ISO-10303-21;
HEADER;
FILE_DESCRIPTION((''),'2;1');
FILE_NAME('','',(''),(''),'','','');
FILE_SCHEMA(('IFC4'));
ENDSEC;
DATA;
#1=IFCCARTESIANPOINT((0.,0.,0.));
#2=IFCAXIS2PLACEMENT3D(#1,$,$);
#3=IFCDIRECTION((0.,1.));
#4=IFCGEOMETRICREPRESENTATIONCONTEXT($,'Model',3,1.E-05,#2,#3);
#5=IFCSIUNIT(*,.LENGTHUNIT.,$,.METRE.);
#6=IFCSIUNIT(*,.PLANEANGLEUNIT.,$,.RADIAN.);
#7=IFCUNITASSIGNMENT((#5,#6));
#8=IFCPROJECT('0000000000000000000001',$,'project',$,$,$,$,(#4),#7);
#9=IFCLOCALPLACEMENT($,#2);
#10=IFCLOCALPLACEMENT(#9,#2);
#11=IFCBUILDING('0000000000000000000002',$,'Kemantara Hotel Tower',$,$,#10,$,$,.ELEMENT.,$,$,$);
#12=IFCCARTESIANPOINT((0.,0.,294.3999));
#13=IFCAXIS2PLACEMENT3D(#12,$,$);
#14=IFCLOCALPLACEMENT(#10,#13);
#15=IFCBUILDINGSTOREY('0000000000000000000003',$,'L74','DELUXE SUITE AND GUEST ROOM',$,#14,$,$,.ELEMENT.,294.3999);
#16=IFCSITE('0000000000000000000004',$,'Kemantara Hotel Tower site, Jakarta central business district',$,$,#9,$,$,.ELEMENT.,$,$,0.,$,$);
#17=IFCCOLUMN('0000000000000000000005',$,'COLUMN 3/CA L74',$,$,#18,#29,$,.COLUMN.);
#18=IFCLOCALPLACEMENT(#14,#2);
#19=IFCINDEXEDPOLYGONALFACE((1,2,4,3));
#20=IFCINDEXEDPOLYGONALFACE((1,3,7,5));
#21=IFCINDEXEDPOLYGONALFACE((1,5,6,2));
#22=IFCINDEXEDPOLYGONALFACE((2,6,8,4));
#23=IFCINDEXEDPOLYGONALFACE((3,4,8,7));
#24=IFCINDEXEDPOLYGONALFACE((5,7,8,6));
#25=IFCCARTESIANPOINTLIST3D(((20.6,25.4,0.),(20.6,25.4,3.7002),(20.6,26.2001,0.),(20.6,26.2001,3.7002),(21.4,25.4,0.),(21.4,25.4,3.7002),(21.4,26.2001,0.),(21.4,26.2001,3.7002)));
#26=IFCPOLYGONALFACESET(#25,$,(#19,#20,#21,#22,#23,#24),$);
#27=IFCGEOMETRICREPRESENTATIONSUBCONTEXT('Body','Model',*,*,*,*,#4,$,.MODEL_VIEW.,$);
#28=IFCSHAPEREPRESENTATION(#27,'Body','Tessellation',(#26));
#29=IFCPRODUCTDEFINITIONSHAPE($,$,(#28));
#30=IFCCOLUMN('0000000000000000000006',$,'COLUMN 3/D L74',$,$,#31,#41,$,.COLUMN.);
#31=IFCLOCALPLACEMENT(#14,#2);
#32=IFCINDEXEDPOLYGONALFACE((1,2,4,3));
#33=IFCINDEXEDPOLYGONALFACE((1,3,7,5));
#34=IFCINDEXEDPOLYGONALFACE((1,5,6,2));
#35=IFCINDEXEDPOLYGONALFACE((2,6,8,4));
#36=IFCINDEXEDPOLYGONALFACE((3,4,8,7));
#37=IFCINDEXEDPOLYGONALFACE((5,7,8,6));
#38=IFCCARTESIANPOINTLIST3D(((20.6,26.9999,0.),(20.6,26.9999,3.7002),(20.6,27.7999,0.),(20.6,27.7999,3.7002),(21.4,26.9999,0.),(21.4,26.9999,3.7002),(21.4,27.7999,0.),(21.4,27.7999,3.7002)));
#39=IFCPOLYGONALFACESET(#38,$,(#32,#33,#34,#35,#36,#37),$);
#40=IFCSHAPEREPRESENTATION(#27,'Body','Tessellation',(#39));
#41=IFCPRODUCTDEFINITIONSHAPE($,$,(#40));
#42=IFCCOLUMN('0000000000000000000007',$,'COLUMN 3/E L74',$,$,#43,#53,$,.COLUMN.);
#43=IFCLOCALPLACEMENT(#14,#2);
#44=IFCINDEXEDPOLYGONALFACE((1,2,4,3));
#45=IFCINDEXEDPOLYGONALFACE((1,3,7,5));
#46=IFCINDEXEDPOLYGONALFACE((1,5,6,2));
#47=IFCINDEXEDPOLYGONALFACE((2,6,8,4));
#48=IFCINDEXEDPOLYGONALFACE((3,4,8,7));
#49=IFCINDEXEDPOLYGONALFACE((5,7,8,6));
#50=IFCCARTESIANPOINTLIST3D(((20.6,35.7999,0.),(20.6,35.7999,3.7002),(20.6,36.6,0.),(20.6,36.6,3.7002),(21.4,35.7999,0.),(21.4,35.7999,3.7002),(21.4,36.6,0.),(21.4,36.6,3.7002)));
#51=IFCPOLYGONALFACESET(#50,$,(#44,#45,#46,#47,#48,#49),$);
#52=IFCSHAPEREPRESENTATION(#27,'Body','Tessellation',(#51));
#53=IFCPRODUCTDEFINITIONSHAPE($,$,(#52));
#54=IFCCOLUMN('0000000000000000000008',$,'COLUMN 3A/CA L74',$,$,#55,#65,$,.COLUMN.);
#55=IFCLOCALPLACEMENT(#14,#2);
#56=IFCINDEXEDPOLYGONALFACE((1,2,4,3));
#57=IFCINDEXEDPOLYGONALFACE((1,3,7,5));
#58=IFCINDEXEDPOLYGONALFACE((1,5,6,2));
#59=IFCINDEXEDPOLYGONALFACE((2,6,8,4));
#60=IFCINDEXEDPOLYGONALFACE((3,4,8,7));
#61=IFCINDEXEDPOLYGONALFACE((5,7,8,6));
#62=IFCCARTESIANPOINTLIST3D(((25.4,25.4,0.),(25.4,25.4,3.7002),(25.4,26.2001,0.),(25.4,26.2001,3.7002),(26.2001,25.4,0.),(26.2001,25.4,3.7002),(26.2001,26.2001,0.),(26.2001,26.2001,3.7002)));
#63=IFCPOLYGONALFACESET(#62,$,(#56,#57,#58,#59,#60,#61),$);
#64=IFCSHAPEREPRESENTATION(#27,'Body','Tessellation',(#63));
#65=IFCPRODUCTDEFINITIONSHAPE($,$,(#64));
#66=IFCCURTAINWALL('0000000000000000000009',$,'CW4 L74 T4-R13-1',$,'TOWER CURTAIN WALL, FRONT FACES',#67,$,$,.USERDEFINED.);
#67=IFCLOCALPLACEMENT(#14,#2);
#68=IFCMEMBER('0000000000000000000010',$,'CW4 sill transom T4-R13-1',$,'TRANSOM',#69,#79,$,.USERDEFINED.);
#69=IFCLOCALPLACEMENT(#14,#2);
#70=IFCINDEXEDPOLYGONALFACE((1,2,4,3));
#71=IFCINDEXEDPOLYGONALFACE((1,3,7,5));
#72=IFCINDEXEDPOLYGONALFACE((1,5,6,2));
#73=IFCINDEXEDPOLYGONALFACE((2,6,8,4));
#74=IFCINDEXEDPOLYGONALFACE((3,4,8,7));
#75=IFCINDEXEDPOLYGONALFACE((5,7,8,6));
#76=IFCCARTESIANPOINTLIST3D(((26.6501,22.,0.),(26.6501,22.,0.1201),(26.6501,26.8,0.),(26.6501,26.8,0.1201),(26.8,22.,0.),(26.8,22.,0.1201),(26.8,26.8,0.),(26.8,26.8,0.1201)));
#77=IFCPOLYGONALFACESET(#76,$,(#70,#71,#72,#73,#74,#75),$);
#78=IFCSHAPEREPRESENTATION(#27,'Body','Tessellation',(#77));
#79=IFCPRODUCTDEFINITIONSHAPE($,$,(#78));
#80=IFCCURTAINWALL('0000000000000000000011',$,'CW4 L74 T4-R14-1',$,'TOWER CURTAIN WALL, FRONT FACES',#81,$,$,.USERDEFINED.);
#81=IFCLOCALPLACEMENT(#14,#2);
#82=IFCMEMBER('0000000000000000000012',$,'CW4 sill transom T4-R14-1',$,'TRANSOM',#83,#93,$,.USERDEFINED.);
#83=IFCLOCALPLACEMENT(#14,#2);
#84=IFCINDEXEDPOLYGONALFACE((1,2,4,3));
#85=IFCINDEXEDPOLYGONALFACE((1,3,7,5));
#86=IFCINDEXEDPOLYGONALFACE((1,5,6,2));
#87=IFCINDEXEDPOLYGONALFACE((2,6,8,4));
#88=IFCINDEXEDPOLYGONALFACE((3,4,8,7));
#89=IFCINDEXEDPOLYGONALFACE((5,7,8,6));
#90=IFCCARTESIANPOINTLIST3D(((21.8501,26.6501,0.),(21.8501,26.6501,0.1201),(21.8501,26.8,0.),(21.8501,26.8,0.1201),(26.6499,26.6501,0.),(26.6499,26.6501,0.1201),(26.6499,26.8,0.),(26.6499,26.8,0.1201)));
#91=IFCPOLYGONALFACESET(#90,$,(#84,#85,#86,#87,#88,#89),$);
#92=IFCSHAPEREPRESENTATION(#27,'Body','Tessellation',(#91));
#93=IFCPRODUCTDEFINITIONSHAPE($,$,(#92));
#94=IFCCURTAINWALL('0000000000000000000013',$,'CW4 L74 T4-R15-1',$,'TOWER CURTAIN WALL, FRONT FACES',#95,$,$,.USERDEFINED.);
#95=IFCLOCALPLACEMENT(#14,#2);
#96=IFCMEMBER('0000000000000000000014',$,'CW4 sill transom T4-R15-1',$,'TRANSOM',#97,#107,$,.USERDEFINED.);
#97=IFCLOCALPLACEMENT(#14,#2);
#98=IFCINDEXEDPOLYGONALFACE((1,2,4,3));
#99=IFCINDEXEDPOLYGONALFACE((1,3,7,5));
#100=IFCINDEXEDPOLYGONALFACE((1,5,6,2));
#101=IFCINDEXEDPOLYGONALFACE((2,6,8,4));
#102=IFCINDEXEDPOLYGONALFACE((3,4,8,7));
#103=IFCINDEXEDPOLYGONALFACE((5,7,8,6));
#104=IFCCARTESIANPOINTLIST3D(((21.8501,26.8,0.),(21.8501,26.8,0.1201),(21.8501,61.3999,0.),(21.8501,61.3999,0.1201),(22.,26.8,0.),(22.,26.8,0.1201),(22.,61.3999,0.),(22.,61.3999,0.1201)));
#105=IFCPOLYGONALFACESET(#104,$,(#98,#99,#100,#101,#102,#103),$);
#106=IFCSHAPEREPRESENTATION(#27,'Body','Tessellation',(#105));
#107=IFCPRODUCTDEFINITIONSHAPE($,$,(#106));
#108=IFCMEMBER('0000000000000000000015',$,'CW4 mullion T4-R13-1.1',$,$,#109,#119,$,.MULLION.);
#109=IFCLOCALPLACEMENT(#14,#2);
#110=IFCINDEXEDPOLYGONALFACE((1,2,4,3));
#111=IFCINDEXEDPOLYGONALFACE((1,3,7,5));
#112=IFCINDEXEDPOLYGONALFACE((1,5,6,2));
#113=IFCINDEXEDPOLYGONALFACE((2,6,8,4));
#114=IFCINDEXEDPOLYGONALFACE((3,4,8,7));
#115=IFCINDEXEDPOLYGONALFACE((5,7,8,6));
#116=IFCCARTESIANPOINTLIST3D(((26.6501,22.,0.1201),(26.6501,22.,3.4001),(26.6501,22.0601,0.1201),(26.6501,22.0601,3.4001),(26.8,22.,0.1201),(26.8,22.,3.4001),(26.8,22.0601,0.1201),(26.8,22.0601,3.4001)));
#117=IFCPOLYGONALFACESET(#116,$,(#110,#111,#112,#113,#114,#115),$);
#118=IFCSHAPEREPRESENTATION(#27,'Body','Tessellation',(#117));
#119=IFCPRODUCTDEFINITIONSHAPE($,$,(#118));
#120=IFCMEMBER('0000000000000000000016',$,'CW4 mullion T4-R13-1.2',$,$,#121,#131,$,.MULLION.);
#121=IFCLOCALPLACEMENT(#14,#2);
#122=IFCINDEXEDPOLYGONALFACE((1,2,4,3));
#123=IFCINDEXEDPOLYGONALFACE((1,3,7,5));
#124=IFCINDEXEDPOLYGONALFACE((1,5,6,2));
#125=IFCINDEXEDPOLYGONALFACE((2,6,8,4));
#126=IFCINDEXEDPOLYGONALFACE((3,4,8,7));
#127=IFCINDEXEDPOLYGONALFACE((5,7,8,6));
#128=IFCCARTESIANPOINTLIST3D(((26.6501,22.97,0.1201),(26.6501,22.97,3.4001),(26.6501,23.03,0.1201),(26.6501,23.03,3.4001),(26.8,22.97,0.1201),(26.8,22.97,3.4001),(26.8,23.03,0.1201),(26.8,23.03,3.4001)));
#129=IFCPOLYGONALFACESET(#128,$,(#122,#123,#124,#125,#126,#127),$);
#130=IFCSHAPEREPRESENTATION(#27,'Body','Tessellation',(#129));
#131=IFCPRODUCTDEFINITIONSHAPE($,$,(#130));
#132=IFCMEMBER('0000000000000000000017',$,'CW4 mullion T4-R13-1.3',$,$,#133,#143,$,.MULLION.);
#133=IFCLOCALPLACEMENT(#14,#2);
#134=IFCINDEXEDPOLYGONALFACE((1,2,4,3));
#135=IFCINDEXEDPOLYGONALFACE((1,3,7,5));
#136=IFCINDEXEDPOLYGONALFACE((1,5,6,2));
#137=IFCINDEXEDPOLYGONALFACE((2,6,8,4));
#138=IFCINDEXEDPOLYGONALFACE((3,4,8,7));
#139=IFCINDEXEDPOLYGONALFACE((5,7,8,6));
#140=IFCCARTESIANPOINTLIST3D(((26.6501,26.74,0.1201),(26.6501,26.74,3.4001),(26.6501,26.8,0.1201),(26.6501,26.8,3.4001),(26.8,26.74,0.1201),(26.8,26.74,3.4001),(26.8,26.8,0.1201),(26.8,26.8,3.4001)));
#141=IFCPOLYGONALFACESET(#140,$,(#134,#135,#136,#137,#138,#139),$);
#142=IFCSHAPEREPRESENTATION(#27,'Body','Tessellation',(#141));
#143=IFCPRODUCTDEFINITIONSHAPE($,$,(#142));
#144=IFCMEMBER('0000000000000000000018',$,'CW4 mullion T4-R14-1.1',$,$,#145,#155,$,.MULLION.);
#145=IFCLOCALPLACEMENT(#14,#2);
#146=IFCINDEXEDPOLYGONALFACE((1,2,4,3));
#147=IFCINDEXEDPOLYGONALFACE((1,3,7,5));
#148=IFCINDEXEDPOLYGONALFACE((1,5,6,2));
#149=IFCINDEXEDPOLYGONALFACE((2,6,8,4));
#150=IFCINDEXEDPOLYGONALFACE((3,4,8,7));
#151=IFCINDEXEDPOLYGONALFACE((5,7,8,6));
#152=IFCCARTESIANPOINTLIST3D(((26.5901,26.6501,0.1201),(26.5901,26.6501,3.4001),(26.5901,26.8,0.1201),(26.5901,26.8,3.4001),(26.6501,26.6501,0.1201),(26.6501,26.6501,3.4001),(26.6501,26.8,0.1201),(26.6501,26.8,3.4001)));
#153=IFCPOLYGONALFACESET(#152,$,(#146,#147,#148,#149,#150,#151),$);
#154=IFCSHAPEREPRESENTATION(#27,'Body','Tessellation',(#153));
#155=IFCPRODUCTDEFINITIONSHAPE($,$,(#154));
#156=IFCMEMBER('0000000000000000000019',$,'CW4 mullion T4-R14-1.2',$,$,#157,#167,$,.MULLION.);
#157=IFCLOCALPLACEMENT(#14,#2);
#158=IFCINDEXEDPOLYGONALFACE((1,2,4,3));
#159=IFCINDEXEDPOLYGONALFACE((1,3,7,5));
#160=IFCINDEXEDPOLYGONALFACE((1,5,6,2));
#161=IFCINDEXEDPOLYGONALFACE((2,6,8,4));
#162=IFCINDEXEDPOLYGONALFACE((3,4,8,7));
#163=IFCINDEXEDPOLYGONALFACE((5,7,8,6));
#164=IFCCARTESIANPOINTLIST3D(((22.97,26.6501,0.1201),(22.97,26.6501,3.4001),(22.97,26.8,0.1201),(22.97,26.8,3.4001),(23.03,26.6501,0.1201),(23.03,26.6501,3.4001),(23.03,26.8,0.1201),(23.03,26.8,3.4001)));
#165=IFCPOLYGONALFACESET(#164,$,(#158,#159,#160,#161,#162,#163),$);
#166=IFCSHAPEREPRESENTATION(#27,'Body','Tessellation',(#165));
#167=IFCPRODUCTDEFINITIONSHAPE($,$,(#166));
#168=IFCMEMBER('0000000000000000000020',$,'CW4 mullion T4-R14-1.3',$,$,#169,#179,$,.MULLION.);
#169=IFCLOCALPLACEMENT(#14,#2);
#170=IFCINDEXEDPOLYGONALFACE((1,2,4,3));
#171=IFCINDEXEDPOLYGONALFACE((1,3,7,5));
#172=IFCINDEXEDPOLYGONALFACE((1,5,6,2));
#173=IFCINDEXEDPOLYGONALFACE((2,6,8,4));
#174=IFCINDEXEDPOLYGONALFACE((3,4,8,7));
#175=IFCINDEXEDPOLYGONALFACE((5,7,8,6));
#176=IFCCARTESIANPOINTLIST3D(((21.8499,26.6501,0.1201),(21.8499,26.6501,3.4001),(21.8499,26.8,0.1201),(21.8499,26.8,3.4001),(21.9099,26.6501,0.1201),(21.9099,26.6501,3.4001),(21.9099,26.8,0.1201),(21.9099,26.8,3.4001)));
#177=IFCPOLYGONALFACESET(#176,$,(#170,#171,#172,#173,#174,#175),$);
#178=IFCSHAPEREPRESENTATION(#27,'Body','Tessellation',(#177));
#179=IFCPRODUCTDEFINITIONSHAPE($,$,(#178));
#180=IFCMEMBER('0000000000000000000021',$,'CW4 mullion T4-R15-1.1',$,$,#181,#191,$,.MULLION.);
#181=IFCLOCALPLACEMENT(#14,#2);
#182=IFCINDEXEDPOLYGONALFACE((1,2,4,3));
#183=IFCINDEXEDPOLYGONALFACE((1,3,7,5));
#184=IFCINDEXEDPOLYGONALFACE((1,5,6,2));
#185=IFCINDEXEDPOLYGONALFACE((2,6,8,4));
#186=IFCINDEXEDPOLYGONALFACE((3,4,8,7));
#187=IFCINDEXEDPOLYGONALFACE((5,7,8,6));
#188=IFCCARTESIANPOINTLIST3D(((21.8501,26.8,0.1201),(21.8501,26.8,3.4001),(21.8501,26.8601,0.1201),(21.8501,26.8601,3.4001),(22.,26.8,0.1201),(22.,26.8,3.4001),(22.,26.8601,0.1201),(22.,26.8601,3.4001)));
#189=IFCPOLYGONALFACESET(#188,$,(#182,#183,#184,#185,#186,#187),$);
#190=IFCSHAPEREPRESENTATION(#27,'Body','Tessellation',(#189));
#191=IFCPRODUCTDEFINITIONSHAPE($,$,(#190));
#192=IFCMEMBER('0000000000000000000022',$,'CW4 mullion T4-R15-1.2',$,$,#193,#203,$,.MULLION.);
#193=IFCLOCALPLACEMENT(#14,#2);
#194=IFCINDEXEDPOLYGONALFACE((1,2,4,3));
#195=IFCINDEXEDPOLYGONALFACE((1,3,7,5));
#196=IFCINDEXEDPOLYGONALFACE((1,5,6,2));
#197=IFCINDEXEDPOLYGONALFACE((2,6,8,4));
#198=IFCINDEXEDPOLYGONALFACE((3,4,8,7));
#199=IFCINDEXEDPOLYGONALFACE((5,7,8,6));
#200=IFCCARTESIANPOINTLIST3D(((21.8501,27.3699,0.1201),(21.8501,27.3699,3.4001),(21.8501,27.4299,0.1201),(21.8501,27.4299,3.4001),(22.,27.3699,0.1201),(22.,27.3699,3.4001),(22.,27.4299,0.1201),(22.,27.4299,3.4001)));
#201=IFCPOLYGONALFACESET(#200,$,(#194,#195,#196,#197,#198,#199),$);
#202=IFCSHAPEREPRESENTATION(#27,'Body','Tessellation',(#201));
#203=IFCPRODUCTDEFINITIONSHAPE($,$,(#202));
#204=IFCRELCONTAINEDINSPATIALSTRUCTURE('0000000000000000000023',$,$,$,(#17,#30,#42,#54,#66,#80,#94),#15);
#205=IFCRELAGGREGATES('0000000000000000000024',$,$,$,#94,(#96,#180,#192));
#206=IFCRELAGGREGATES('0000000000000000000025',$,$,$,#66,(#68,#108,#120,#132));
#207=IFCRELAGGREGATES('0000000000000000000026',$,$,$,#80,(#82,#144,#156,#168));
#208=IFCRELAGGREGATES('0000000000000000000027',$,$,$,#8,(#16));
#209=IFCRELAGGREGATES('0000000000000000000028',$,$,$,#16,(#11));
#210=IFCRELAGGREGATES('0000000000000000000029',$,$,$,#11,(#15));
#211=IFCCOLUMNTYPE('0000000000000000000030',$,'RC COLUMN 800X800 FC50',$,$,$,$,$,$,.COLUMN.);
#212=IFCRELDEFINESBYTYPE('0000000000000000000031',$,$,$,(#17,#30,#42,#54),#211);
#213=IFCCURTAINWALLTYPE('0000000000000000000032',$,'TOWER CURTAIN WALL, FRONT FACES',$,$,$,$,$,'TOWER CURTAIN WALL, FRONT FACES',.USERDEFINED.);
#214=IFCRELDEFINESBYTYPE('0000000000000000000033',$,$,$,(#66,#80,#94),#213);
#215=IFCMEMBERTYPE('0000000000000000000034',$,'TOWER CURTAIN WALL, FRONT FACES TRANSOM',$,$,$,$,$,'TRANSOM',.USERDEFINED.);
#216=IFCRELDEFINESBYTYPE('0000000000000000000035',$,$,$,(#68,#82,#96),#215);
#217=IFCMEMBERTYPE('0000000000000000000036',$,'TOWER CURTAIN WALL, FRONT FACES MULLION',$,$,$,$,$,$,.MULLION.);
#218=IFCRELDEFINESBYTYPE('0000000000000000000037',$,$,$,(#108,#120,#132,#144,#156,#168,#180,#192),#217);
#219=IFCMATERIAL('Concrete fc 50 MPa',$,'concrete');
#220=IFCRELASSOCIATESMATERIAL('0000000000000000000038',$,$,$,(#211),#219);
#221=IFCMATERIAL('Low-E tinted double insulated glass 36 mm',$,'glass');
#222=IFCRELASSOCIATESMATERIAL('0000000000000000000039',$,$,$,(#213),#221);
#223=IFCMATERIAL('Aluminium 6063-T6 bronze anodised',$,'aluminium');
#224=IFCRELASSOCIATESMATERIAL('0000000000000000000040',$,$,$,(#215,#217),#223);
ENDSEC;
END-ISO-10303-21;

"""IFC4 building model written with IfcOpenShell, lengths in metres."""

from ifc_helpers import new_model, si_unit, direction, frame, origin, origin_2d, place, context, subcontext, project, spatial, rectangle, extrude, source, transform, mapped, material, material_profile, profile_set, type_object, element, aggregate, save


model = new_model("IFC4")

# Units and contexts
model_context = context("Model", 3, precision=1e-05, world=origin(), true_north=direction((0.0, 1.0)))
body_context = subcontext(model_context, "Body", "Model", "MODEL_VIEW")
ifc_project = project(units=[si_unit("LENGTHUNIT", "METRE"), si_unit("PLANEANGLEUNIT", "RADIAN")], contexts=[model_context])

# Site, building, storey
site_placement = place(None, origin())
site = spatial("IfcSite", under=ifc_project, at=site_placement, Name="Kemantara Hotel Tower site, Jakarta central business district", CompositionType="ELEMENT", RefElevation=0.0)
building_placement = place(site_placement, origin())
building = spatial("IfcBuilding", under=site, at=building_placement, Name="Kemantara Hotel Tower", CompositionType="ELEMENT")
storey_placement = place(building_placement, frame((0.0, 0.0, 294.3999)))
storey = spatial("IfcBuildingStorey", under=building, at=storey_placement, Name="L74", Description="DELUXE SUITE AND GUEST ROOM", CompositionType="ELEMENT", Elevation=294.3999)

# Columns
ifc_material_1 = material(Name="Concrete fc 50 MPa", Category="concrete")
ifc_material_profile_1 = material_profile(ifc_material_1, rectangle(XDim=0.8, YDim=0.8, at=origin_2d()), Name="RC 800X800")
ifc_profile_set_1 = profile_set([ifc_material_profile_1], Name="Concrete fc 50 MPa")
column_type = type_object("IfcColumnType", Name="RC COLUMN 800X800 FC50", PredefinedType="COLUMN", material=ifc_profile_set_1)
for number, where, z_axis, x_axis, name in (
    (1, (21.0, 25.8, 0.0), (0.0, 0.0, 1.0), (1.0, 0.0, 0.0), "COLUMN 3/CA L74"),
    (2, (21.0, 27.3999, 0.0), (0.0, 0.0, 1.0), (1.0, 0.0, 0.0), "COLUMN 3/D L74"),
    (3, (21.0, 36.2, 0.0), (0.0, 0.0, 1.0), (1.0, 0.0, 0.0), "COLUMN 3/E L74"),
    (4, (25.8, 25.8, 0.0), (0.0, 0.0, 1.0), (1.0, 0.0, 0.0), "COLUMN 3A/CA L74"),
):
    element("IfcColumn", number, at=place(storey_placement, frame(where, z_axis=z_axis, x_axis=x_axis)), inside=storey, type_object=column_type, Name=name, PredefinedType="COLUMN", context=body_context, shape_type="SweptSolid", body=[
        extrude(rectangle(XDim=0.8, YDim=0.8, at=origin_2d()), origin(), (0.0, 0.0, 1.0), 3.7002),
    ])

# Curtain walls, members
ifc_material_2 = material(Name="Low-E tinted double insulated glass 36 mm", Category="glass")
curtain_wall_type = type_object("IfcCurtainWallType", Name="TOWER CURTAIN WALL, FRONT FACES", ElementType="TOWER CURTAIN WALL, FRONT FACES", PredefinedType="USERDEFINED", material=ifc_material_2)
curtain_wall_1_placement = place(storey_placement, origin())
curtain_wall_1 = element("IfcCurtainWall", 5, at=curtain_wall_1_placement, inside=storey, type_object=curtain_wall_type, Name="CW4 L74 T4-R13-1", ObjectType="TOWER CURTAIN WALL, FRONT FACES", PredefinedType="USERDEFINED")
ifc_material_3 = material(Name="Aluminium 6063-T6 bronze anodised", Category="aluminium")
ifc_material_profile_2 = material_profile(ifc_material_3, rectangle(XDim=0.1499, YDim=0.1201, at=origin_2d()), Name="TOWER CURTAIN WALL, FRONT FACES TRANSOM")
ifc_profile_set_2 = profile_set([ifc_material_profile_2], Name="Aluminium 6063-T6 bronze anodised")
member_type_1 = type_object("IfcMemberType", Name="TOWER CURTAIN WALL, FRONT FACES TRANSOM", ElementType="TRANSOM", PredefinedType="USERDEFINED", material=ifc_profile_set_2)
member_1_placement = place(storey_placement, frame((26.7251, 22.0, 0.0601), z_axis=(0.0, 1.0, 0.0), x_axis=(-1.0, 0.0, 0.0)))
member_1 = element("IfcMember", 6, at=member_1_placement, type_object=member_type_1, Name="CW4 sill transom T4-R13-1", ObjectType="TRANSOM", PredefinedType="USERDEFINED", context=body_context, shape_type="SweptSolid", body=[
    extrude(rectangle(XDim=0.1499, YDim=0.1201, at=origin_2d()), origin(), (0.0, 0.0, 1.0), 4.8),
])
curtain_wall_2_placement = place(storey_placement, origin())
curtain_wall_2 = element("IfcCurtainWall", 7, at=curtain_wall_2_placement, inside=storey, type_object=curtain_wall_type, Name="CW4 L74 T4-R14-1", ObjectType="TOWER CURTAIN WALL, FRONT FACES", PredefinedType="USERDEFINED")
member_2_placement = place(storey_placement, frame((26.6499, 26.7251, 0.0601), z_axis=(-1.0, 0.0, 0.0), x_axis=(0.0, -1.0, 0.0)))
member_2 = element("IfcMember", 8, at=member_2_placement, type_object=member_type_1, Name="CW4 sill transom T4-R14-1", ObjectType="TRANSOM", PredefinedType="USERDEFINED", context=body_context, shape_type="SweptSolid", body=[
    extrude(rectangle(XDim=0.1499, YDim=0.1201, at=origin_2d()), origin(), (0.0, 0.0, 1.0), 4.7998),
])
curtain_wall_3_placement = place(storey_placement, origin())
curtain_wall_3 = element("IfcCurtainWall", 9, at=curtain_wall_3_placement, inside=storey, type_object=curtain_wall_type, Name="CW4 L74 T4-R15-1", ObjectType="TOWER CURTAIN WALL, FRONT FACES", PredefinedType="USERDEFINED")
member_3_placement = place(storey_placement, frame((21.925, 26.8, 0.0601), z_axis=(0.0, 1.0, 0.0), x_axis=(-1.0, 0.0, 0.0)))
member_3 = element("IfcMember", 10, at=member_3_placement, type_object=member_type_1, Name="CW4 sill transom T4-R15-1", ObjectType="TRANSOM", PredefinedType="USERDEFINED", context=body_context, shape_type="SweptSolid", body=[
    extrude(rectangle(XDim=0.1499, YDim=0.1201, at=origin_2d()), origin(), (0.0, 0.0, 1.0), 34.5999),
])

# Members
ifc_material_profile_3 = material_profile(ifc_material_3, rectangle(XDim=0.1499, YDim=0.0601, at=origin_2d()), Name="TOWER CURTAIN WALL, FRONT FACES MULLION")
ifc_profile_set_3 = profile_set([ifc_material_profile_3], Name="Aluminium 6063-T6 bronze anodised")
member_type_2 = type_object("IfcMemberType", Name="TOWER CURTAIN WALL, FRONT FACES MULLION", PredefinedType="MULLION", material=ifc_profile_set_3)
shared_shape_1 = source(origin(), body_context, "Body", "SweptSolid", [
    extrude(rectangle(XDim=0.1499, YDim=0.0601, at=origin_2d()), origin(), (0.0, 0.0, 1.0), 3.28),
])
member_4_placement = place(storey_placement, frame((26.7251, 22.03, 0.1201), z_axis=(0.0, 0.0, 1.0), x_axis=(-1.0, 0.0, 0.0)))
member_4 = element("IfcMember", 11, at=member_4_placement, type_object=member_type_2, Name="CW4 mullion T4-R13-1.1", PredefinedType="MULLION", context=body_context, shape_type="MappedRepresentation", body=[
    mapped(shared_shape_1, transform((0.0, 0.0, 0.0))),
])
member_5_placement = place(storey_placement, frame((26.7251, 23.0, 0.1201), z_axis=(0.0, 0.0, 1.0), x_axis=(-1.0, 0.0, 0.0)))
member_5 = element("IfcMember", 12, at=member_5_placement, type_object=member_type_2, Name="CW4 mullion T4-R13-1.2", PredefinedType="MULLION", context=body_context, shape_type="MappedRepresentation", body=[
    mapped(shared_shape_1, transform((0.0, 0.0, 0.0))),
])
member_6_placement = place(storey_placement, frame((26.7251, 26.77, 0.1201), z_axis=(0.0, 0.0, 1.0), x_axis=(-1.0, 0.0, 0.0)))
member_6 = element("IfcMember", 13, at=member_6_placement, type_object=member_type_2, Name="CW4 mullion T4-R13-1.3", PredefinedType="MULLION", context=body_context, shape_type="MappedRepresentation", body=[
    mapped(shared_shape_1, transform((0.0, 0.0, 0.0))),
])
member_7_placement = place(storey_placement, frame((26.6201, 26.7251, 0.1201), z_axis=(0.0, 0.0, 1.0), x_axis=(0.0, -1.0, 0.0)))
member_7 = element("IfcMember", 14, at=member_7_placement, type_object=member_type_2, Name="CW4 mullion T4-R14-1.1", PredefinedType="MULLION", context=body_context, shape_type="MappedRepresentation", body=[
    mapped(shared_shape_1, transform((0.0, 0.0, 0.0))),
])
member_8_placement = place(storey_placement, frame((23.0, 26.7251, 0.1201), z_axis=(0.0, 0.0, 1.0), x_axis=(0.0, -1.0, 0.0)))
member_8 = element("IfcMember", 15, at=member_8_placement, type_object=member_type_2, Name="CW4 mullion T4-R14-1.2", PredefinedType="MULLION", context=body_context, shape_type="MappedRepresentation", body=[
    mapped(shared_shape_1, transform((0.0, 0.0, 0.0))),
])
member_9_placement = place(storey_placement, frame((21.8799, 26.7251, 0.1201), z_axis=(0.0, 0.0, 1.0), x_axis=(0.0, -1.0, 0.0)))
member_9 = element("IfcMember", 16, at=member_9_placement, type_object=member_type_2, Name="CW4 mullion T4-R14-1.3", PredefinedType="MULLION", context=body_context, shape_type="MappedRepresentation", body=[
    mapped(shared_shape_1, transform((0.0, 0.0, 0.0))),
])
member_10_placement = place(storey_placement, frame((21.925, 26.8301, 0.1201), z_axis=(0.0, 0.0, 1.0), x_axis=(-1.0, 0.0, 0.0)))
member_10 = element("IfcMember", 17, at=member_10_placement, type_object=member_type_2, Name="CW4 mullion T4-R15-1.1", PredefinedType="MULLION", context=body_context, shape_type="MappedRepresentation", body=[
    mapped(shared_shape_1, transform((0.0, 0.0, 0.0))),
])
member_11_placement = place(storey_placement, frame((21.925, 27.3999, 0.1201), z_axis=(0.0, 0.0, 1.0), x_axis=(-1.0, 0.0, 0.0)))
member_11 = element("IfcMember", 18, at=member_11_placement, type_object=member_type_2, Name="CW4 mullion T4-R15-1.2", PredefinedType="MULLION", context=body_context, shape_type="MappedRepresentation", body=[
    mapped(shared_shape_1, transform((0.0, 0.0, 0.0))),
])

aggregate(curtain_wall_3, [member_3, member_10, member_11])
aggregate(curtain_wall_1, [member_1, member_4, member_5, member_6])
aggregate(curtain_wall_2, [member_2, member_7, member_8, member_9])

save(model, "model.ifc")
